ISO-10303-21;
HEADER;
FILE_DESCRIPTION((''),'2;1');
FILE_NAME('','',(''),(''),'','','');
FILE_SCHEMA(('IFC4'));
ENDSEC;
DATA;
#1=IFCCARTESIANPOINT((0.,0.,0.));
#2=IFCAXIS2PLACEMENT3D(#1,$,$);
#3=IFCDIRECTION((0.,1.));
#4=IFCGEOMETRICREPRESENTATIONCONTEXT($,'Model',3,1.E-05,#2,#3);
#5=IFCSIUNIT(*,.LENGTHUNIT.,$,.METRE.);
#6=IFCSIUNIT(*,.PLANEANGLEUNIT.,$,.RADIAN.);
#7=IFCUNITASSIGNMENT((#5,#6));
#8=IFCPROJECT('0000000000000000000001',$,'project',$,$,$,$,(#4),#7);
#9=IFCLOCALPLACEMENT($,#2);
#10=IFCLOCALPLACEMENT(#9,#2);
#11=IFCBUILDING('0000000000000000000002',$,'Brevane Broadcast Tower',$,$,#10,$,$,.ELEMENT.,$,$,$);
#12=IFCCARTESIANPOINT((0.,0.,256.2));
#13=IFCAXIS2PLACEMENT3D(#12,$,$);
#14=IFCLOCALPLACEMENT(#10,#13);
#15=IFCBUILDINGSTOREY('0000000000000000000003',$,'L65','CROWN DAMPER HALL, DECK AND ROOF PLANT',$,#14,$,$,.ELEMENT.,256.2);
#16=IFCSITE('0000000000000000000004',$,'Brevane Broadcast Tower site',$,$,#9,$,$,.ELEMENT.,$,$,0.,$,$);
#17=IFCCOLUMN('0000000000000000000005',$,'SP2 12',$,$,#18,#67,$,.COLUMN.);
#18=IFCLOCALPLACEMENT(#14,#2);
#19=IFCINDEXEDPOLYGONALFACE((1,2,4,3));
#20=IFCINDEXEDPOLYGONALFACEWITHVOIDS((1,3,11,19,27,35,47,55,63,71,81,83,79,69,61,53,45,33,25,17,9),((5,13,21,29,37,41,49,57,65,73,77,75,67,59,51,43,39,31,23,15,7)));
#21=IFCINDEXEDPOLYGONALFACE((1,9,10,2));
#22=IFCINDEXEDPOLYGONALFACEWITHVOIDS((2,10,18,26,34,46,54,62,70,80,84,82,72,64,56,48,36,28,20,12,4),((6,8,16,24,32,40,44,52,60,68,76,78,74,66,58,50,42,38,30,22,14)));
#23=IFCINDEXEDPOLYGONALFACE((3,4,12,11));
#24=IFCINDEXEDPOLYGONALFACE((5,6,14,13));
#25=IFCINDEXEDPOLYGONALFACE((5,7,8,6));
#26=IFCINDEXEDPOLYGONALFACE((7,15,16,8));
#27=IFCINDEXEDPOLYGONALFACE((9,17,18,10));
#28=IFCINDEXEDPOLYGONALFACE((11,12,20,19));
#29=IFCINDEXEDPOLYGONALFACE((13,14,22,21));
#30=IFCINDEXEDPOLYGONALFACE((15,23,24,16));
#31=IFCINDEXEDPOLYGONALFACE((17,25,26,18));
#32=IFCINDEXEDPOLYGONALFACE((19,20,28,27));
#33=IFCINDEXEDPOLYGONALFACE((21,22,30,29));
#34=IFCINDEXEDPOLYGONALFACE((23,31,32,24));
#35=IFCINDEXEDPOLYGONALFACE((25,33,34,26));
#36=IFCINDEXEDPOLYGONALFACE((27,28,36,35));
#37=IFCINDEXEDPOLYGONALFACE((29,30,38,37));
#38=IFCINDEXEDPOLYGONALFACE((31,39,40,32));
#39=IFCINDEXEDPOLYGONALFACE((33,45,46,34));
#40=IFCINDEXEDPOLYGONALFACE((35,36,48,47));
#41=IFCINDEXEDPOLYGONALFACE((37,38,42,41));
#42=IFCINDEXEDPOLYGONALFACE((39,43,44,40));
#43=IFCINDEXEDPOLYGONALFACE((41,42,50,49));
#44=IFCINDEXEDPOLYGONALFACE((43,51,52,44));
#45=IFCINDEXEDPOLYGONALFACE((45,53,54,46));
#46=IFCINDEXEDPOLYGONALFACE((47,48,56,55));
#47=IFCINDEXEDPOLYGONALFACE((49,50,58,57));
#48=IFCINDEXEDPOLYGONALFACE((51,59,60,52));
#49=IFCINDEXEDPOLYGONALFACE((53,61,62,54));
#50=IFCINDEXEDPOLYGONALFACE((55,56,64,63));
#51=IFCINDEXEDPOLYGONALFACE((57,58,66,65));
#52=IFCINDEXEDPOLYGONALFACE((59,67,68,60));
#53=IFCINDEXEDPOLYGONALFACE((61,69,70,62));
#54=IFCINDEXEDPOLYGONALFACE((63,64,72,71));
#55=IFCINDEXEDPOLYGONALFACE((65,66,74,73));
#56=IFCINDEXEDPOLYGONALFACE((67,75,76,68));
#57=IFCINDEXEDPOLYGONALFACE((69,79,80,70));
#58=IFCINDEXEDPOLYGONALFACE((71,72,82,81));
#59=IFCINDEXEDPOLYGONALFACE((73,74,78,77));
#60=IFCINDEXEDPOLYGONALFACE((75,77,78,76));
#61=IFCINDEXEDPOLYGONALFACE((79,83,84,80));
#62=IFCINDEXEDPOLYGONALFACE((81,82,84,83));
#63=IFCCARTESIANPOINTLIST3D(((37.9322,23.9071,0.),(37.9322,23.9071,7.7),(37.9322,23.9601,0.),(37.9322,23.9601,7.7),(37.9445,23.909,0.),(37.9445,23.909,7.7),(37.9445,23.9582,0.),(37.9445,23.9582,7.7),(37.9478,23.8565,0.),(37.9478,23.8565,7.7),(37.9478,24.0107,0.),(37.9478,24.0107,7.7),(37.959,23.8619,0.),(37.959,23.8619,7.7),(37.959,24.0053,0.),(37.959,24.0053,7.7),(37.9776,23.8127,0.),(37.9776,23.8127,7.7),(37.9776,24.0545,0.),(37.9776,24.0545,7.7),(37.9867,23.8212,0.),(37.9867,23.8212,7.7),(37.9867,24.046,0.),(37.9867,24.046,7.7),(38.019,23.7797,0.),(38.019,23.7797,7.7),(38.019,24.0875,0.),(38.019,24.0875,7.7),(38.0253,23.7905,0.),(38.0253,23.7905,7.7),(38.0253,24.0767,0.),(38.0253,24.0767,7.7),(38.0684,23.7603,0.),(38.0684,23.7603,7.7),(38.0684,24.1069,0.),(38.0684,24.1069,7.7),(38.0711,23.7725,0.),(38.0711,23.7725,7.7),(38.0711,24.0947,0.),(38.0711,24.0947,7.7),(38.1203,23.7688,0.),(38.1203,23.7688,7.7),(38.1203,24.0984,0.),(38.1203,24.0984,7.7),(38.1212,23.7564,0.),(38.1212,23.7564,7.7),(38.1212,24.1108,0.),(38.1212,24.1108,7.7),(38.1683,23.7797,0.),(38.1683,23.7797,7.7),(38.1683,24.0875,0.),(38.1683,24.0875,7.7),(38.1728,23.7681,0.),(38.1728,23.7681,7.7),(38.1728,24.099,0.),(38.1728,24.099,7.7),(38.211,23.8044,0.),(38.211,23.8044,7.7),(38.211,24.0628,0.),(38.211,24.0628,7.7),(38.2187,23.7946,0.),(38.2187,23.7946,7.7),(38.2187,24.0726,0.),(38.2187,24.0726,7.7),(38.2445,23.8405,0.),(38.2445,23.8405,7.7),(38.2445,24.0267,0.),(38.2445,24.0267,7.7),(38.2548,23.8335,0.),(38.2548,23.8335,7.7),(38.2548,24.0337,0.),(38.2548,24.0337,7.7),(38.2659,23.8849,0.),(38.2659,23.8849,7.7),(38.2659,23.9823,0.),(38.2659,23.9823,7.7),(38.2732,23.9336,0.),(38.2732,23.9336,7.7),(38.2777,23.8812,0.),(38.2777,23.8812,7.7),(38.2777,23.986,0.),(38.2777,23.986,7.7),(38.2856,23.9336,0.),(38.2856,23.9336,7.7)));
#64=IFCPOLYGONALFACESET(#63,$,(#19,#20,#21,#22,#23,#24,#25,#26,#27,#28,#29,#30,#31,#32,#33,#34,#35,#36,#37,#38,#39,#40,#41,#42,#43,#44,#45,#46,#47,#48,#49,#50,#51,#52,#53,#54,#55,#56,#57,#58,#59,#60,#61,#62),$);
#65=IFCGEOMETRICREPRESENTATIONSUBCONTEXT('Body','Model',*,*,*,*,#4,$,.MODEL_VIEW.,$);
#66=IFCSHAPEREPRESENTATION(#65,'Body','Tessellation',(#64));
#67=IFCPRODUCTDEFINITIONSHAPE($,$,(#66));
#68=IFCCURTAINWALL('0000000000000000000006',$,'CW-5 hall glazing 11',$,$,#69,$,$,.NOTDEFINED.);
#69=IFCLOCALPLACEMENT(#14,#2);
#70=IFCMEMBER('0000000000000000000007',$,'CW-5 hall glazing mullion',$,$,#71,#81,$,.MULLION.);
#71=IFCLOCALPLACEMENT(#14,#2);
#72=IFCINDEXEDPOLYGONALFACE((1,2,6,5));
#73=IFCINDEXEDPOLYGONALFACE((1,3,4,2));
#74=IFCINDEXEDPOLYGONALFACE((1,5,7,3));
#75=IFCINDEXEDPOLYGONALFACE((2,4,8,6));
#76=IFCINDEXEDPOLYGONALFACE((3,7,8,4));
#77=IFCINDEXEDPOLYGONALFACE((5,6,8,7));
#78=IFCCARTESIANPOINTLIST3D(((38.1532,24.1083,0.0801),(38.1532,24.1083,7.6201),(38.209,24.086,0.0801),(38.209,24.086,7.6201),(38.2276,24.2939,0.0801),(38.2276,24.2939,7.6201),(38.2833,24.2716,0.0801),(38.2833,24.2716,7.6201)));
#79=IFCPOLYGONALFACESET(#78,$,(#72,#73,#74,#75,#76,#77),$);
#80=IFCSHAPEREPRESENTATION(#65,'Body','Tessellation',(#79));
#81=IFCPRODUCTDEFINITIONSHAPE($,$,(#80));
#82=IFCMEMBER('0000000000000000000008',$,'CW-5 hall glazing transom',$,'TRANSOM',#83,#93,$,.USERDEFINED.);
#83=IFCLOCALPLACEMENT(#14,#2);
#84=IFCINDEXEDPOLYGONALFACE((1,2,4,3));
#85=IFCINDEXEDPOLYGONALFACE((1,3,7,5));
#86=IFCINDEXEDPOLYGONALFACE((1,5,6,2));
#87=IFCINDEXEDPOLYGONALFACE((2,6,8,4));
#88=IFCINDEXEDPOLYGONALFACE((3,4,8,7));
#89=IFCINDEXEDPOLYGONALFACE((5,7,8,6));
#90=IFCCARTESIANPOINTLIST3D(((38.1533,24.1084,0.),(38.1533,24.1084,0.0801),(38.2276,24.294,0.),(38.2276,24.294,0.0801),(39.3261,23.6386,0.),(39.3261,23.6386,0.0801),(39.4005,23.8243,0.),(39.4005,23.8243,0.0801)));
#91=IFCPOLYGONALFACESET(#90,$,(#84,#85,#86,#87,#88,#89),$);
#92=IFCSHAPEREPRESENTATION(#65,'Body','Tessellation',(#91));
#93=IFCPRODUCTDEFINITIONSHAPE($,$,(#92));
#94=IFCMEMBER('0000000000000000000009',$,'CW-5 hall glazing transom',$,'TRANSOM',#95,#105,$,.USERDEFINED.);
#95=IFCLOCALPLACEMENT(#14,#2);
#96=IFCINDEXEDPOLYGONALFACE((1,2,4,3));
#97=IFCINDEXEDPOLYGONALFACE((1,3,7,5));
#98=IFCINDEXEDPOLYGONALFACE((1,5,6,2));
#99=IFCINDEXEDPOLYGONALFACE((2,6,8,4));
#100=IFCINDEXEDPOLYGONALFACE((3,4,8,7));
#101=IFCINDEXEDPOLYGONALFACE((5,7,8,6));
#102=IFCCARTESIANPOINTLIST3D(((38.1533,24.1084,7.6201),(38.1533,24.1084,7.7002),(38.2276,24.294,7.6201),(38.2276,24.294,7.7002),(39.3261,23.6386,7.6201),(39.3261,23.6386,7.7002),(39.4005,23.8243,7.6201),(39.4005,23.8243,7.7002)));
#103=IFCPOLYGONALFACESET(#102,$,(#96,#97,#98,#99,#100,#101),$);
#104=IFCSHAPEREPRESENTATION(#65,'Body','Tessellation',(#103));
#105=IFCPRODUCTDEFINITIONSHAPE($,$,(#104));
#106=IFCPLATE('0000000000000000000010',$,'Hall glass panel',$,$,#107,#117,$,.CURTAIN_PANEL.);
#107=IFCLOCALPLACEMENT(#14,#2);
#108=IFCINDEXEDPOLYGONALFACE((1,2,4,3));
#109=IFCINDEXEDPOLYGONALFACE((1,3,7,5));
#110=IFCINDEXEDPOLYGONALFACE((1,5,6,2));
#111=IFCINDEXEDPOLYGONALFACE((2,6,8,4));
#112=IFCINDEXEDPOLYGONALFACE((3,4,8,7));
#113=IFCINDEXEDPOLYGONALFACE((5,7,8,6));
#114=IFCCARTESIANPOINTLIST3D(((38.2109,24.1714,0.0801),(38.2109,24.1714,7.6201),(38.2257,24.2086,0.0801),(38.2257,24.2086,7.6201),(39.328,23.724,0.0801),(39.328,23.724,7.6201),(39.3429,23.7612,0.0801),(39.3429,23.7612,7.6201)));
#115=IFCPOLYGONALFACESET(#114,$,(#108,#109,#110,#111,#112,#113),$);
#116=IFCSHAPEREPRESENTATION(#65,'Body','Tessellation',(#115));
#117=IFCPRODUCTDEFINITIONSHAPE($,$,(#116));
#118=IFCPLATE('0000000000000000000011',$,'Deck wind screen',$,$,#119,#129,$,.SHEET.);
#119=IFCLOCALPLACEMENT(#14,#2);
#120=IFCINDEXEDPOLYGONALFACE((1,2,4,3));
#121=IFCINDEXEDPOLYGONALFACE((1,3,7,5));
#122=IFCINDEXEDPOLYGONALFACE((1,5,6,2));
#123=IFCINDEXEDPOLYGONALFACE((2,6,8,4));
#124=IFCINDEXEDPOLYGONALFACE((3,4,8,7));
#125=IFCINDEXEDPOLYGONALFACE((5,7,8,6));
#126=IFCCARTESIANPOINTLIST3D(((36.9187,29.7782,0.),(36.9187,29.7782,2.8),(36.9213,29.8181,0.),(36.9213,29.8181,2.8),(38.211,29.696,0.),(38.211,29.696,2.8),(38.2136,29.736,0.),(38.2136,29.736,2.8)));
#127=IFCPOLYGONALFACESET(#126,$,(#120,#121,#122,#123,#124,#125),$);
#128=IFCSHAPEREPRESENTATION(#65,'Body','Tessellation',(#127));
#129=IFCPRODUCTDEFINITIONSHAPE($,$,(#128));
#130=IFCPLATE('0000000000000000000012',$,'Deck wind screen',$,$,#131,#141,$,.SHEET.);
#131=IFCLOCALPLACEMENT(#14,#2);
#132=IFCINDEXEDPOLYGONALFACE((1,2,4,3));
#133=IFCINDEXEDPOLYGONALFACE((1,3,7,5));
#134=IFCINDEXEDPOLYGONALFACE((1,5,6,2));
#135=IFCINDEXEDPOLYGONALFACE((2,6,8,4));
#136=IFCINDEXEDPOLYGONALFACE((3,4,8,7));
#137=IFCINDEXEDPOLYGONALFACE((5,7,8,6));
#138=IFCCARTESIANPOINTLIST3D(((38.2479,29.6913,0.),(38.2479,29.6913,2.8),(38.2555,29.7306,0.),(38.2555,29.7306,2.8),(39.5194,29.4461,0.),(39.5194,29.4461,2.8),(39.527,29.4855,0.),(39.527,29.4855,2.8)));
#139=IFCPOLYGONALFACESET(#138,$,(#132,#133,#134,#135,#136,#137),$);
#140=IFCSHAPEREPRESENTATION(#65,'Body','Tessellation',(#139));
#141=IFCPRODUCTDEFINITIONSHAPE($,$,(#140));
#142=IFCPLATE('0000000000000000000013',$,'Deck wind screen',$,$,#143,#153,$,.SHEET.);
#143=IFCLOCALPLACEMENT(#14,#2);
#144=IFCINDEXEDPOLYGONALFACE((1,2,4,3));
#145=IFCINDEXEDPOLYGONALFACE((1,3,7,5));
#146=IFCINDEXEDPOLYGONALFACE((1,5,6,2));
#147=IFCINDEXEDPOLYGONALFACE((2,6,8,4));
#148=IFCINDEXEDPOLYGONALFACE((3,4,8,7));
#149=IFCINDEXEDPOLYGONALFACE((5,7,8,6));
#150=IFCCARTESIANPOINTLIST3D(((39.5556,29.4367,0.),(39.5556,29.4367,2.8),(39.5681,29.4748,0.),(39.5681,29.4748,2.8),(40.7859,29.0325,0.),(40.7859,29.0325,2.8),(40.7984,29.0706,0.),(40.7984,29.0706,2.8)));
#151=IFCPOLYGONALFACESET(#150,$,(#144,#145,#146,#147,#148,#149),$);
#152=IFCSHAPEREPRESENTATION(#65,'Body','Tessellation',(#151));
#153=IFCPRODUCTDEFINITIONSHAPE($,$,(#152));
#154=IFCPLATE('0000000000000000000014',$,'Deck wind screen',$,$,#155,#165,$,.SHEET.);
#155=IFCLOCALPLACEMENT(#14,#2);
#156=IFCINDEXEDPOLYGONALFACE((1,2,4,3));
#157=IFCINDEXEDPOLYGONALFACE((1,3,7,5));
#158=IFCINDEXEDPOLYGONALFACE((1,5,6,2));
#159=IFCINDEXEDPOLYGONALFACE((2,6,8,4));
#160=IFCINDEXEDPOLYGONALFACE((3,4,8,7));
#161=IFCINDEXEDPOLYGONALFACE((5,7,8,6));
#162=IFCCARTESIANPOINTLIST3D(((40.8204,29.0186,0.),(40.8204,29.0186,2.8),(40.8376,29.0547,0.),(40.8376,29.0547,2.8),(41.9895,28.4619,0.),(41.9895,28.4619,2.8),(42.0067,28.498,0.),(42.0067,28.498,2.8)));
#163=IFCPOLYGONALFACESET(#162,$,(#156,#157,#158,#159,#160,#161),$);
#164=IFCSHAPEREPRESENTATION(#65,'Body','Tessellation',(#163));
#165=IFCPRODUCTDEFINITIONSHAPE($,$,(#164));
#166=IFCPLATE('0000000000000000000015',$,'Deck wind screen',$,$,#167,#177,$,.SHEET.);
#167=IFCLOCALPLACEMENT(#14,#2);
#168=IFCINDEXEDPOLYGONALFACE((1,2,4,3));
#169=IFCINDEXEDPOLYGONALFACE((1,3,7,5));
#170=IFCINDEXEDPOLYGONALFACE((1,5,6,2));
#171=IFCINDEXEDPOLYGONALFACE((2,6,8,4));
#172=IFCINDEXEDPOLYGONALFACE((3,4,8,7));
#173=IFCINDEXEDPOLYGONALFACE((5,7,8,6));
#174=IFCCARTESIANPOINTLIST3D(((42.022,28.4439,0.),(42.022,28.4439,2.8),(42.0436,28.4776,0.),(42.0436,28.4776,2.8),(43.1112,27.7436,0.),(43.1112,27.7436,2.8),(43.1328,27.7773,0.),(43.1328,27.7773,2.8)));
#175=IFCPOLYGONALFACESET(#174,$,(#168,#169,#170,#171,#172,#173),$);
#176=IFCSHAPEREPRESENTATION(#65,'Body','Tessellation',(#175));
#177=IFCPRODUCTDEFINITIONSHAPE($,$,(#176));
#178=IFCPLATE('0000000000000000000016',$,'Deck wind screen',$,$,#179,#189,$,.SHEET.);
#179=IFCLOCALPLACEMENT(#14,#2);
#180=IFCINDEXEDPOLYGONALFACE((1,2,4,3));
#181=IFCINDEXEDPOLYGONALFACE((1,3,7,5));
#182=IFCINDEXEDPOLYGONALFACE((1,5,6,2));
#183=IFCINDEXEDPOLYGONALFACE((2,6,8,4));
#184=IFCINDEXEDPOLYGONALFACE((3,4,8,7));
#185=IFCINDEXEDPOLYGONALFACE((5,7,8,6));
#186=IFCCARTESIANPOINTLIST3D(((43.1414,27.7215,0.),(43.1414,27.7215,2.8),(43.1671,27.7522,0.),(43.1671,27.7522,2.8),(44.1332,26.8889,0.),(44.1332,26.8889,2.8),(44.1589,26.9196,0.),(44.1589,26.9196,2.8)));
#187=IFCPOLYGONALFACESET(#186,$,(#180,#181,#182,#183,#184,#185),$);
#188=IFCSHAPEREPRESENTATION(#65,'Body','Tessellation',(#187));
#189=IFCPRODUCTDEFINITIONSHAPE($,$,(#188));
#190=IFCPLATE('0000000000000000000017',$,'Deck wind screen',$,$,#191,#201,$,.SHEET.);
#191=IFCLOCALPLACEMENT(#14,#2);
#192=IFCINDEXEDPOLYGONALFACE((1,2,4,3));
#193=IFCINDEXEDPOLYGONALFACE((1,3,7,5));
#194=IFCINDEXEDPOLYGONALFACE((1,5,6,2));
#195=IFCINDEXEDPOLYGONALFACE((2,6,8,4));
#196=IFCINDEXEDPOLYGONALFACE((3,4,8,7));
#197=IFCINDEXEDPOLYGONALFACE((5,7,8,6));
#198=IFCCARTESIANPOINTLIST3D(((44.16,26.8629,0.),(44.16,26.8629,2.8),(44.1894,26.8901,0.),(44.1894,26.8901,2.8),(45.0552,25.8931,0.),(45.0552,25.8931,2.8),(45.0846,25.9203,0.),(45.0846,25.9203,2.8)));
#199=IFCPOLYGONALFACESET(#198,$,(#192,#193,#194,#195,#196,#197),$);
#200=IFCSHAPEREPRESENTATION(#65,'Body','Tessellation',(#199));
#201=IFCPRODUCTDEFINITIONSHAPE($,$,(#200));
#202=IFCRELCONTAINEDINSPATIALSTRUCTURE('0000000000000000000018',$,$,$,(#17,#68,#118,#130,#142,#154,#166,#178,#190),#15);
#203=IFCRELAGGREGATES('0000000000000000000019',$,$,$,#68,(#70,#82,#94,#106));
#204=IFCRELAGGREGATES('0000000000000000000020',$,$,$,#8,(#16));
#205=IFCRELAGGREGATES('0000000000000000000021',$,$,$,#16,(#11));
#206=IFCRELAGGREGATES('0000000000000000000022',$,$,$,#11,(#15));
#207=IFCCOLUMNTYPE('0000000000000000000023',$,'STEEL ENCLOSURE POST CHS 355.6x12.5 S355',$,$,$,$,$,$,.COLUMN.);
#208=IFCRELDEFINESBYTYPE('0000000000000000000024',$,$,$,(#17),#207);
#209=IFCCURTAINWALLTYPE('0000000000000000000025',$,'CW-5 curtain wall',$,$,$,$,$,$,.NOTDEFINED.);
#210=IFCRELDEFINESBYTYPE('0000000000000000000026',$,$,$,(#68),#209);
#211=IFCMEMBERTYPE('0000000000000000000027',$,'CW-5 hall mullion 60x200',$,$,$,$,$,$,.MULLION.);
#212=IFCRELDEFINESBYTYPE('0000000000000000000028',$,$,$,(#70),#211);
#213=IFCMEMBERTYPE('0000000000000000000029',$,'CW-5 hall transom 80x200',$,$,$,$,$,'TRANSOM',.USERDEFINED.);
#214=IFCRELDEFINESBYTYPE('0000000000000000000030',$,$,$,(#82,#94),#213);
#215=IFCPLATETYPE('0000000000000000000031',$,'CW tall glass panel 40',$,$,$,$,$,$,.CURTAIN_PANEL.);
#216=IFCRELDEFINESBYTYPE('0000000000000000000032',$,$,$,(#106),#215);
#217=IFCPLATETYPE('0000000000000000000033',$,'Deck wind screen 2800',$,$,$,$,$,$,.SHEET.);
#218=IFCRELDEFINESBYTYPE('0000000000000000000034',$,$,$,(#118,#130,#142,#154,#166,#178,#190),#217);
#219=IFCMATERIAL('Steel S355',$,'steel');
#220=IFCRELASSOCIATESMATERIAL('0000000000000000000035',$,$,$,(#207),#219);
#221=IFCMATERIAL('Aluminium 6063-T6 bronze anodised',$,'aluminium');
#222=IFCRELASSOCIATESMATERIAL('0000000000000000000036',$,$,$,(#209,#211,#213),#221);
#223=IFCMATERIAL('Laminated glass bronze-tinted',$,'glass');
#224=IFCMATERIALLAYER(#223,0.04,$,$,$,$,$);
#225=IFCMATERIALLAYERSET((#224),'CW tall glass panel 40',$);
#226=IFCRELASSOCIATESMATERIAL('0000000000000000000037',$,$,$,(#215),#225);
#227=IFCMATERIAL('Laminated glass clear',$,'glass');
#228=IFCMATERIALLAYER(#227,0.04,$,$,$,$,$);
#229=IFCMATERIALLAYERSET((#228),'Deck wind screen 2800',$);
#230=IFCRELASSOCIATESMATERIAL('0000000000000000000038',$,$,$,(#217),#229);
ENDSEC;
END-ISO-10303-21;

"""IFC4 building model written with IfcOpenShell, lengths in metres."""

from ifc_helpers import new_model, si_unit, direction, frame, origin, origin_2d, place, context, subcontext, project, spatial, rectangle, hollow_circle, extrude, material, layer, layer_set, material_profile, profile_set, type_object, element, aggregate, save


model = new_model("IFC4")

# Units and contexts
model_context = context("Model", 3, precision=1e-05, world=origin(), true_north=direction((0.0, 1.0)))
body_context = subcontext(model_context, "Body", "Model", "MODEL_VIEW")
ifc_project = project(units=[si_unit("LENGTHUNIT", "METRE"), si_unit("PLANEANGLEUNIT", "RADIAN")], contexts=[model_context])

# Site, building, storey
site_placement = place(None, origin())
site = spatial("IfcSite", under=ifc_project, at=site_placement, Name="Brevane Broadcast Tower site", CompositionType="ELEMENT", RefElevation=0.0)
building_placement = place(site_placement, origin())
building = spatial("IfcBuilding", under=site, at=building_placement, Name="Brevane Broadcast Tower", CompositionType="ELEMENT")
storey_placement = place(building_placement, frame((0.0, 0.0, 256.2)))
storey = spatial("IfcBuildingStorey", under=building, at=storey_placement, Name="L65", Description="CROWN DAMPER HALL, DECK AND ROOF PLANT", CompositionType="ELEMENT", Elevation=256.2)

# Column
ifc_material_1 = material(Name="Steel S355", Category="steel")
ifc_material_profile_1 = material_profile(ifc_material_1, hollow_circle(Radius=0.1777, WallThickness=0.0125, at=origin_2d()), Name="CHS 355.6x12.5")
ifc_profile_set_1 = profile_set([ifc_material_profile_1], Name="Steel S355")
column_type = type_object("IfcColumnType", Name="STEEL ENCLOSURE POST CHS 355.6x12.5 S355", PredefinedType="COLUMN", material=ifc_profile_set_1)
column_placement = place(storey_placement, frame((38.1079, 23.9336, 0.0), z_axis=(0.0, 0.0, 1.0), x_axis=(1.0, 0.0, 0.0)))
element("IfcColumn", 1, at=column_placement, inside=storey, type_object=column_type, Name="SP2 12", PredefinedType="COLUMN", context=body_context, shape_type="SweptSolid", body=[
    extrude(hollow_circle(Radius=0.1777, WallThickness=0.0125, at=origin_2d()), origin(), (0.0, 0.0, 1.0), 7.7),
])

# Curtain wall, members, plate
ifc_material_2 = material(Name="Aluminium 6063-T6 bronze anodised", Category="aluminium")
curtain_wall_type = type_object("IfcCurtainWallType", Name="CW-5 curtain wall", PredefinedType="NOTDEFINED", material=ifc_material_2)
curtain_wall_placement = place(storey_placement, origin())
curtain_wall = element("IfcCurtainWall", 2, at=curtain_wall_placement, inside=storey, type_object=curtain_wall_type, Name="CW-5 hall glazing 11", PredefinedType="NOTDEFINED")
ifc_material_profile_2 = material_profile(ifc_material_2, rectangle(XDim=0.2, YDim=0.0601, at=origin_2d()), Name="RECT 60x200")
ifc_profile_set_2 = profile_set([ifc_material_profile_2], Name="Aluminium 6063-T6 bronze anodised")
member_type_1 = type_object("IfcMemberType", Name="CW-5 hall mullion 60x200", PredefinedType="MULLION", material=ifc_profile_set_2)
member_1_placement = place(storey_placement, frame((38.2183, 24.1899, 0.0801), z_axis=(0.0, 0.0, 1.0), x_axis=(-0.371784, -0.928319, 0.0)))
member_1 = element("IfcMember", 3, at=member_1_placement, type_object=member_type_1, Name="CW-5 hall glazing mullion", PredefinedType="MULLION", context=body_context, shape_type="SweptSolid", body=[
    extrude(rectangle(XDim=0.2, YDim=0.0601, at=origin_2d()), origin(), (0.0, 0.0, 1.0), 7.54),
])
ifc_material_profile_3 = material_profile(ifc_material_2, rectangle(XDim=0.2, YDim=0.0801, at=origin_2d()), Name="RECT 80x200")
ifc_profile_set_3 = profile_set([ifc_material_profile_3], Name="Aluminium 6063-T6 bronze anodised")
member_type_2 = type_object("IfcMemberType", Name="CW-5 hall transom 80x200", ElementType="TRANSOM", PredefinedType="USERDEFINED", material=ifc_profile_set_3)
member_2_placement = place(storey_placement, frame((39.3633, 23.7314, 0.04), z_axis=(-0.928317, 0.37179, 0.0), x_axis=(-0.37179, -0.928317, 0.0)))
member_2 = element("IfcMember", 4, at=member_2_placement, type_object=member_type_2, Name="CW-5 hall glazing transom", ObjectType="TRANSOM", PredefinedType="USERDEFINED", context=body_context, shape_type="SweptSolid", body=[
    extrude(rectangle(XDim=0.2, YDim=0.0801, at=origin_2d()), origin(), (0.0, 0.0, 1.0), 1.2634),
])
member_3_placement = place(storey_placement, frame((39.3633, 23.7314, 7.6602), z_axis=(-0.928317, 0.37179, 0.0), x_axis=(-0.37179, -0.928317, 0.0)))
member_3 = element("IfcMember", 5, at=member_3_placement, type_object=member_type_2, Name="CW-5 hall glazing transom", ObjectType="TRANSOM", PredefinedType="USERDEFINED", context=body_context, shape_type="SweptSolid", body=[
    extrude(rectangle(XDim=0.2, YDim=0.0801, at=origin_2d()), origin(), (0.0, 0.0, 1.0), 1.2634),
])
ifc_material_3 = material(Name="Laminated glass bronze-tinted", Category="glass")
ifc_layer_1 = layer(ifc_material_3, 0.04)
ifc_layer_set_1 = layer_set([ifc_layer_1], Name="CW tall glass panel 40")
plate_type_1 = type_object("IfcPlateType", Name="CW tall glass panel 40", PredefinedType="CURTAIN_PANEL", material=ifc_layer_set_1)
plate_1_placement = place(storey_placement, frame((38.7769, 23.9663, 0.0801), z_axis=(0.0, 0.0, 1.0), x_axis=(-0.928319, 0.371784, 0.0)))
plate_1 = element("IfcPlate", 6, at=plate_1_placement, type_object=plate_type_1, Name="Hall glass panel", PredefinedType="CURTAIN_PANEL", context=body_context, shape_type="SweptSolid", body=[
    extrude(rectangle(XDim=1.2034, YDim=0.04, at=origin_2d()), origin(), (0.0, 0.0, 1.0), 7.54),
])
aggregate(curtain_wall, [member_1, member_2, member_3, plate_1])

# Plates
ifc_material_4 = material(Name="Laminated glass clear", Category="glass")
ifc_layer_2 = layer(ifc_material_4, 0.04)
ifc_layer_set_2 = layer_set([ifc_layer_2], Name="Deck wind screen 2800")
plate_type_2 = type_object("IfcPlateType", Name="Deck wind screen 2800", PredefinedType="SHEET", material=ifc_layer_set_2)
for number, where, z_axis, x_axis, name in (
    (7, (37.5662, 29.7571, 0.0), (0.0, 0.0, 1.0), (0.997985, -0.063446, 0.0), "Deck wind screen"),
    (8, (38.8875, 29.5884, 0.0), (0.0, 0.0, 1.0), (0.981916, -0.189316, 0.0), "Deck wind screen"),
    (9, (40.177, 29.2537, 0.0), (0.0, 0.0, 1.0), (0.950037, -0.312137, 0.0), "Deck wind screen"),
    (10, (41.4136, 28.7583, 0.0), (0.0, 0.0, 1.0), (0.90286, -0.429934, 0.0), "Deck wind screen"),
    (11, (42.5774, 28.1106, 0.0), (0.0, 0.0, 1.0), (0.841147, -0.540807, 0.0), "Deck wind screen"),
    (12, (43.6501, 27.3206, 0.0), (0.0, 0.0, 1.0), (0.765889, -0.642972, 0.0), "Deck wind screen"),
):
    element("IfcPlate", number, at=place(storey_placement, frame(where, z_axis=z_axis, x_axis=x_axis)), inside=storey, type_object=plate_type_2, Name=name, PredefinedType="SHEET", context=body_context, shape_type="SweptSolid", body=[
        extrude(rectangle(XDim=1.2949, YDim=0.04, at=origin_2d()), origin(), (0.0, 0.0, 1.0), 2.8),
    ])
plate_2_placement = place(storey_placement, frame((44.6223, 26.3916, 0.0), z_axis=(0.0, 0.0, 1.0), x_axis=(0.6783, -0.734785, 0.0)))
element("IfcPlate", 13, at=plate_2_placement, inside=storey, type_object=plate_type_2, Name="Deck wind screen", PredefinedType="SHEET", context=body_context, shape_type="SweptSolid", body=[
    extrude(rectangle(XDim=1.3198, YDim=0.04, at=origin_2d()), origin(), (0.0, 0.0, 1.0), 2.8),
])

save(model, "model.ifc")
